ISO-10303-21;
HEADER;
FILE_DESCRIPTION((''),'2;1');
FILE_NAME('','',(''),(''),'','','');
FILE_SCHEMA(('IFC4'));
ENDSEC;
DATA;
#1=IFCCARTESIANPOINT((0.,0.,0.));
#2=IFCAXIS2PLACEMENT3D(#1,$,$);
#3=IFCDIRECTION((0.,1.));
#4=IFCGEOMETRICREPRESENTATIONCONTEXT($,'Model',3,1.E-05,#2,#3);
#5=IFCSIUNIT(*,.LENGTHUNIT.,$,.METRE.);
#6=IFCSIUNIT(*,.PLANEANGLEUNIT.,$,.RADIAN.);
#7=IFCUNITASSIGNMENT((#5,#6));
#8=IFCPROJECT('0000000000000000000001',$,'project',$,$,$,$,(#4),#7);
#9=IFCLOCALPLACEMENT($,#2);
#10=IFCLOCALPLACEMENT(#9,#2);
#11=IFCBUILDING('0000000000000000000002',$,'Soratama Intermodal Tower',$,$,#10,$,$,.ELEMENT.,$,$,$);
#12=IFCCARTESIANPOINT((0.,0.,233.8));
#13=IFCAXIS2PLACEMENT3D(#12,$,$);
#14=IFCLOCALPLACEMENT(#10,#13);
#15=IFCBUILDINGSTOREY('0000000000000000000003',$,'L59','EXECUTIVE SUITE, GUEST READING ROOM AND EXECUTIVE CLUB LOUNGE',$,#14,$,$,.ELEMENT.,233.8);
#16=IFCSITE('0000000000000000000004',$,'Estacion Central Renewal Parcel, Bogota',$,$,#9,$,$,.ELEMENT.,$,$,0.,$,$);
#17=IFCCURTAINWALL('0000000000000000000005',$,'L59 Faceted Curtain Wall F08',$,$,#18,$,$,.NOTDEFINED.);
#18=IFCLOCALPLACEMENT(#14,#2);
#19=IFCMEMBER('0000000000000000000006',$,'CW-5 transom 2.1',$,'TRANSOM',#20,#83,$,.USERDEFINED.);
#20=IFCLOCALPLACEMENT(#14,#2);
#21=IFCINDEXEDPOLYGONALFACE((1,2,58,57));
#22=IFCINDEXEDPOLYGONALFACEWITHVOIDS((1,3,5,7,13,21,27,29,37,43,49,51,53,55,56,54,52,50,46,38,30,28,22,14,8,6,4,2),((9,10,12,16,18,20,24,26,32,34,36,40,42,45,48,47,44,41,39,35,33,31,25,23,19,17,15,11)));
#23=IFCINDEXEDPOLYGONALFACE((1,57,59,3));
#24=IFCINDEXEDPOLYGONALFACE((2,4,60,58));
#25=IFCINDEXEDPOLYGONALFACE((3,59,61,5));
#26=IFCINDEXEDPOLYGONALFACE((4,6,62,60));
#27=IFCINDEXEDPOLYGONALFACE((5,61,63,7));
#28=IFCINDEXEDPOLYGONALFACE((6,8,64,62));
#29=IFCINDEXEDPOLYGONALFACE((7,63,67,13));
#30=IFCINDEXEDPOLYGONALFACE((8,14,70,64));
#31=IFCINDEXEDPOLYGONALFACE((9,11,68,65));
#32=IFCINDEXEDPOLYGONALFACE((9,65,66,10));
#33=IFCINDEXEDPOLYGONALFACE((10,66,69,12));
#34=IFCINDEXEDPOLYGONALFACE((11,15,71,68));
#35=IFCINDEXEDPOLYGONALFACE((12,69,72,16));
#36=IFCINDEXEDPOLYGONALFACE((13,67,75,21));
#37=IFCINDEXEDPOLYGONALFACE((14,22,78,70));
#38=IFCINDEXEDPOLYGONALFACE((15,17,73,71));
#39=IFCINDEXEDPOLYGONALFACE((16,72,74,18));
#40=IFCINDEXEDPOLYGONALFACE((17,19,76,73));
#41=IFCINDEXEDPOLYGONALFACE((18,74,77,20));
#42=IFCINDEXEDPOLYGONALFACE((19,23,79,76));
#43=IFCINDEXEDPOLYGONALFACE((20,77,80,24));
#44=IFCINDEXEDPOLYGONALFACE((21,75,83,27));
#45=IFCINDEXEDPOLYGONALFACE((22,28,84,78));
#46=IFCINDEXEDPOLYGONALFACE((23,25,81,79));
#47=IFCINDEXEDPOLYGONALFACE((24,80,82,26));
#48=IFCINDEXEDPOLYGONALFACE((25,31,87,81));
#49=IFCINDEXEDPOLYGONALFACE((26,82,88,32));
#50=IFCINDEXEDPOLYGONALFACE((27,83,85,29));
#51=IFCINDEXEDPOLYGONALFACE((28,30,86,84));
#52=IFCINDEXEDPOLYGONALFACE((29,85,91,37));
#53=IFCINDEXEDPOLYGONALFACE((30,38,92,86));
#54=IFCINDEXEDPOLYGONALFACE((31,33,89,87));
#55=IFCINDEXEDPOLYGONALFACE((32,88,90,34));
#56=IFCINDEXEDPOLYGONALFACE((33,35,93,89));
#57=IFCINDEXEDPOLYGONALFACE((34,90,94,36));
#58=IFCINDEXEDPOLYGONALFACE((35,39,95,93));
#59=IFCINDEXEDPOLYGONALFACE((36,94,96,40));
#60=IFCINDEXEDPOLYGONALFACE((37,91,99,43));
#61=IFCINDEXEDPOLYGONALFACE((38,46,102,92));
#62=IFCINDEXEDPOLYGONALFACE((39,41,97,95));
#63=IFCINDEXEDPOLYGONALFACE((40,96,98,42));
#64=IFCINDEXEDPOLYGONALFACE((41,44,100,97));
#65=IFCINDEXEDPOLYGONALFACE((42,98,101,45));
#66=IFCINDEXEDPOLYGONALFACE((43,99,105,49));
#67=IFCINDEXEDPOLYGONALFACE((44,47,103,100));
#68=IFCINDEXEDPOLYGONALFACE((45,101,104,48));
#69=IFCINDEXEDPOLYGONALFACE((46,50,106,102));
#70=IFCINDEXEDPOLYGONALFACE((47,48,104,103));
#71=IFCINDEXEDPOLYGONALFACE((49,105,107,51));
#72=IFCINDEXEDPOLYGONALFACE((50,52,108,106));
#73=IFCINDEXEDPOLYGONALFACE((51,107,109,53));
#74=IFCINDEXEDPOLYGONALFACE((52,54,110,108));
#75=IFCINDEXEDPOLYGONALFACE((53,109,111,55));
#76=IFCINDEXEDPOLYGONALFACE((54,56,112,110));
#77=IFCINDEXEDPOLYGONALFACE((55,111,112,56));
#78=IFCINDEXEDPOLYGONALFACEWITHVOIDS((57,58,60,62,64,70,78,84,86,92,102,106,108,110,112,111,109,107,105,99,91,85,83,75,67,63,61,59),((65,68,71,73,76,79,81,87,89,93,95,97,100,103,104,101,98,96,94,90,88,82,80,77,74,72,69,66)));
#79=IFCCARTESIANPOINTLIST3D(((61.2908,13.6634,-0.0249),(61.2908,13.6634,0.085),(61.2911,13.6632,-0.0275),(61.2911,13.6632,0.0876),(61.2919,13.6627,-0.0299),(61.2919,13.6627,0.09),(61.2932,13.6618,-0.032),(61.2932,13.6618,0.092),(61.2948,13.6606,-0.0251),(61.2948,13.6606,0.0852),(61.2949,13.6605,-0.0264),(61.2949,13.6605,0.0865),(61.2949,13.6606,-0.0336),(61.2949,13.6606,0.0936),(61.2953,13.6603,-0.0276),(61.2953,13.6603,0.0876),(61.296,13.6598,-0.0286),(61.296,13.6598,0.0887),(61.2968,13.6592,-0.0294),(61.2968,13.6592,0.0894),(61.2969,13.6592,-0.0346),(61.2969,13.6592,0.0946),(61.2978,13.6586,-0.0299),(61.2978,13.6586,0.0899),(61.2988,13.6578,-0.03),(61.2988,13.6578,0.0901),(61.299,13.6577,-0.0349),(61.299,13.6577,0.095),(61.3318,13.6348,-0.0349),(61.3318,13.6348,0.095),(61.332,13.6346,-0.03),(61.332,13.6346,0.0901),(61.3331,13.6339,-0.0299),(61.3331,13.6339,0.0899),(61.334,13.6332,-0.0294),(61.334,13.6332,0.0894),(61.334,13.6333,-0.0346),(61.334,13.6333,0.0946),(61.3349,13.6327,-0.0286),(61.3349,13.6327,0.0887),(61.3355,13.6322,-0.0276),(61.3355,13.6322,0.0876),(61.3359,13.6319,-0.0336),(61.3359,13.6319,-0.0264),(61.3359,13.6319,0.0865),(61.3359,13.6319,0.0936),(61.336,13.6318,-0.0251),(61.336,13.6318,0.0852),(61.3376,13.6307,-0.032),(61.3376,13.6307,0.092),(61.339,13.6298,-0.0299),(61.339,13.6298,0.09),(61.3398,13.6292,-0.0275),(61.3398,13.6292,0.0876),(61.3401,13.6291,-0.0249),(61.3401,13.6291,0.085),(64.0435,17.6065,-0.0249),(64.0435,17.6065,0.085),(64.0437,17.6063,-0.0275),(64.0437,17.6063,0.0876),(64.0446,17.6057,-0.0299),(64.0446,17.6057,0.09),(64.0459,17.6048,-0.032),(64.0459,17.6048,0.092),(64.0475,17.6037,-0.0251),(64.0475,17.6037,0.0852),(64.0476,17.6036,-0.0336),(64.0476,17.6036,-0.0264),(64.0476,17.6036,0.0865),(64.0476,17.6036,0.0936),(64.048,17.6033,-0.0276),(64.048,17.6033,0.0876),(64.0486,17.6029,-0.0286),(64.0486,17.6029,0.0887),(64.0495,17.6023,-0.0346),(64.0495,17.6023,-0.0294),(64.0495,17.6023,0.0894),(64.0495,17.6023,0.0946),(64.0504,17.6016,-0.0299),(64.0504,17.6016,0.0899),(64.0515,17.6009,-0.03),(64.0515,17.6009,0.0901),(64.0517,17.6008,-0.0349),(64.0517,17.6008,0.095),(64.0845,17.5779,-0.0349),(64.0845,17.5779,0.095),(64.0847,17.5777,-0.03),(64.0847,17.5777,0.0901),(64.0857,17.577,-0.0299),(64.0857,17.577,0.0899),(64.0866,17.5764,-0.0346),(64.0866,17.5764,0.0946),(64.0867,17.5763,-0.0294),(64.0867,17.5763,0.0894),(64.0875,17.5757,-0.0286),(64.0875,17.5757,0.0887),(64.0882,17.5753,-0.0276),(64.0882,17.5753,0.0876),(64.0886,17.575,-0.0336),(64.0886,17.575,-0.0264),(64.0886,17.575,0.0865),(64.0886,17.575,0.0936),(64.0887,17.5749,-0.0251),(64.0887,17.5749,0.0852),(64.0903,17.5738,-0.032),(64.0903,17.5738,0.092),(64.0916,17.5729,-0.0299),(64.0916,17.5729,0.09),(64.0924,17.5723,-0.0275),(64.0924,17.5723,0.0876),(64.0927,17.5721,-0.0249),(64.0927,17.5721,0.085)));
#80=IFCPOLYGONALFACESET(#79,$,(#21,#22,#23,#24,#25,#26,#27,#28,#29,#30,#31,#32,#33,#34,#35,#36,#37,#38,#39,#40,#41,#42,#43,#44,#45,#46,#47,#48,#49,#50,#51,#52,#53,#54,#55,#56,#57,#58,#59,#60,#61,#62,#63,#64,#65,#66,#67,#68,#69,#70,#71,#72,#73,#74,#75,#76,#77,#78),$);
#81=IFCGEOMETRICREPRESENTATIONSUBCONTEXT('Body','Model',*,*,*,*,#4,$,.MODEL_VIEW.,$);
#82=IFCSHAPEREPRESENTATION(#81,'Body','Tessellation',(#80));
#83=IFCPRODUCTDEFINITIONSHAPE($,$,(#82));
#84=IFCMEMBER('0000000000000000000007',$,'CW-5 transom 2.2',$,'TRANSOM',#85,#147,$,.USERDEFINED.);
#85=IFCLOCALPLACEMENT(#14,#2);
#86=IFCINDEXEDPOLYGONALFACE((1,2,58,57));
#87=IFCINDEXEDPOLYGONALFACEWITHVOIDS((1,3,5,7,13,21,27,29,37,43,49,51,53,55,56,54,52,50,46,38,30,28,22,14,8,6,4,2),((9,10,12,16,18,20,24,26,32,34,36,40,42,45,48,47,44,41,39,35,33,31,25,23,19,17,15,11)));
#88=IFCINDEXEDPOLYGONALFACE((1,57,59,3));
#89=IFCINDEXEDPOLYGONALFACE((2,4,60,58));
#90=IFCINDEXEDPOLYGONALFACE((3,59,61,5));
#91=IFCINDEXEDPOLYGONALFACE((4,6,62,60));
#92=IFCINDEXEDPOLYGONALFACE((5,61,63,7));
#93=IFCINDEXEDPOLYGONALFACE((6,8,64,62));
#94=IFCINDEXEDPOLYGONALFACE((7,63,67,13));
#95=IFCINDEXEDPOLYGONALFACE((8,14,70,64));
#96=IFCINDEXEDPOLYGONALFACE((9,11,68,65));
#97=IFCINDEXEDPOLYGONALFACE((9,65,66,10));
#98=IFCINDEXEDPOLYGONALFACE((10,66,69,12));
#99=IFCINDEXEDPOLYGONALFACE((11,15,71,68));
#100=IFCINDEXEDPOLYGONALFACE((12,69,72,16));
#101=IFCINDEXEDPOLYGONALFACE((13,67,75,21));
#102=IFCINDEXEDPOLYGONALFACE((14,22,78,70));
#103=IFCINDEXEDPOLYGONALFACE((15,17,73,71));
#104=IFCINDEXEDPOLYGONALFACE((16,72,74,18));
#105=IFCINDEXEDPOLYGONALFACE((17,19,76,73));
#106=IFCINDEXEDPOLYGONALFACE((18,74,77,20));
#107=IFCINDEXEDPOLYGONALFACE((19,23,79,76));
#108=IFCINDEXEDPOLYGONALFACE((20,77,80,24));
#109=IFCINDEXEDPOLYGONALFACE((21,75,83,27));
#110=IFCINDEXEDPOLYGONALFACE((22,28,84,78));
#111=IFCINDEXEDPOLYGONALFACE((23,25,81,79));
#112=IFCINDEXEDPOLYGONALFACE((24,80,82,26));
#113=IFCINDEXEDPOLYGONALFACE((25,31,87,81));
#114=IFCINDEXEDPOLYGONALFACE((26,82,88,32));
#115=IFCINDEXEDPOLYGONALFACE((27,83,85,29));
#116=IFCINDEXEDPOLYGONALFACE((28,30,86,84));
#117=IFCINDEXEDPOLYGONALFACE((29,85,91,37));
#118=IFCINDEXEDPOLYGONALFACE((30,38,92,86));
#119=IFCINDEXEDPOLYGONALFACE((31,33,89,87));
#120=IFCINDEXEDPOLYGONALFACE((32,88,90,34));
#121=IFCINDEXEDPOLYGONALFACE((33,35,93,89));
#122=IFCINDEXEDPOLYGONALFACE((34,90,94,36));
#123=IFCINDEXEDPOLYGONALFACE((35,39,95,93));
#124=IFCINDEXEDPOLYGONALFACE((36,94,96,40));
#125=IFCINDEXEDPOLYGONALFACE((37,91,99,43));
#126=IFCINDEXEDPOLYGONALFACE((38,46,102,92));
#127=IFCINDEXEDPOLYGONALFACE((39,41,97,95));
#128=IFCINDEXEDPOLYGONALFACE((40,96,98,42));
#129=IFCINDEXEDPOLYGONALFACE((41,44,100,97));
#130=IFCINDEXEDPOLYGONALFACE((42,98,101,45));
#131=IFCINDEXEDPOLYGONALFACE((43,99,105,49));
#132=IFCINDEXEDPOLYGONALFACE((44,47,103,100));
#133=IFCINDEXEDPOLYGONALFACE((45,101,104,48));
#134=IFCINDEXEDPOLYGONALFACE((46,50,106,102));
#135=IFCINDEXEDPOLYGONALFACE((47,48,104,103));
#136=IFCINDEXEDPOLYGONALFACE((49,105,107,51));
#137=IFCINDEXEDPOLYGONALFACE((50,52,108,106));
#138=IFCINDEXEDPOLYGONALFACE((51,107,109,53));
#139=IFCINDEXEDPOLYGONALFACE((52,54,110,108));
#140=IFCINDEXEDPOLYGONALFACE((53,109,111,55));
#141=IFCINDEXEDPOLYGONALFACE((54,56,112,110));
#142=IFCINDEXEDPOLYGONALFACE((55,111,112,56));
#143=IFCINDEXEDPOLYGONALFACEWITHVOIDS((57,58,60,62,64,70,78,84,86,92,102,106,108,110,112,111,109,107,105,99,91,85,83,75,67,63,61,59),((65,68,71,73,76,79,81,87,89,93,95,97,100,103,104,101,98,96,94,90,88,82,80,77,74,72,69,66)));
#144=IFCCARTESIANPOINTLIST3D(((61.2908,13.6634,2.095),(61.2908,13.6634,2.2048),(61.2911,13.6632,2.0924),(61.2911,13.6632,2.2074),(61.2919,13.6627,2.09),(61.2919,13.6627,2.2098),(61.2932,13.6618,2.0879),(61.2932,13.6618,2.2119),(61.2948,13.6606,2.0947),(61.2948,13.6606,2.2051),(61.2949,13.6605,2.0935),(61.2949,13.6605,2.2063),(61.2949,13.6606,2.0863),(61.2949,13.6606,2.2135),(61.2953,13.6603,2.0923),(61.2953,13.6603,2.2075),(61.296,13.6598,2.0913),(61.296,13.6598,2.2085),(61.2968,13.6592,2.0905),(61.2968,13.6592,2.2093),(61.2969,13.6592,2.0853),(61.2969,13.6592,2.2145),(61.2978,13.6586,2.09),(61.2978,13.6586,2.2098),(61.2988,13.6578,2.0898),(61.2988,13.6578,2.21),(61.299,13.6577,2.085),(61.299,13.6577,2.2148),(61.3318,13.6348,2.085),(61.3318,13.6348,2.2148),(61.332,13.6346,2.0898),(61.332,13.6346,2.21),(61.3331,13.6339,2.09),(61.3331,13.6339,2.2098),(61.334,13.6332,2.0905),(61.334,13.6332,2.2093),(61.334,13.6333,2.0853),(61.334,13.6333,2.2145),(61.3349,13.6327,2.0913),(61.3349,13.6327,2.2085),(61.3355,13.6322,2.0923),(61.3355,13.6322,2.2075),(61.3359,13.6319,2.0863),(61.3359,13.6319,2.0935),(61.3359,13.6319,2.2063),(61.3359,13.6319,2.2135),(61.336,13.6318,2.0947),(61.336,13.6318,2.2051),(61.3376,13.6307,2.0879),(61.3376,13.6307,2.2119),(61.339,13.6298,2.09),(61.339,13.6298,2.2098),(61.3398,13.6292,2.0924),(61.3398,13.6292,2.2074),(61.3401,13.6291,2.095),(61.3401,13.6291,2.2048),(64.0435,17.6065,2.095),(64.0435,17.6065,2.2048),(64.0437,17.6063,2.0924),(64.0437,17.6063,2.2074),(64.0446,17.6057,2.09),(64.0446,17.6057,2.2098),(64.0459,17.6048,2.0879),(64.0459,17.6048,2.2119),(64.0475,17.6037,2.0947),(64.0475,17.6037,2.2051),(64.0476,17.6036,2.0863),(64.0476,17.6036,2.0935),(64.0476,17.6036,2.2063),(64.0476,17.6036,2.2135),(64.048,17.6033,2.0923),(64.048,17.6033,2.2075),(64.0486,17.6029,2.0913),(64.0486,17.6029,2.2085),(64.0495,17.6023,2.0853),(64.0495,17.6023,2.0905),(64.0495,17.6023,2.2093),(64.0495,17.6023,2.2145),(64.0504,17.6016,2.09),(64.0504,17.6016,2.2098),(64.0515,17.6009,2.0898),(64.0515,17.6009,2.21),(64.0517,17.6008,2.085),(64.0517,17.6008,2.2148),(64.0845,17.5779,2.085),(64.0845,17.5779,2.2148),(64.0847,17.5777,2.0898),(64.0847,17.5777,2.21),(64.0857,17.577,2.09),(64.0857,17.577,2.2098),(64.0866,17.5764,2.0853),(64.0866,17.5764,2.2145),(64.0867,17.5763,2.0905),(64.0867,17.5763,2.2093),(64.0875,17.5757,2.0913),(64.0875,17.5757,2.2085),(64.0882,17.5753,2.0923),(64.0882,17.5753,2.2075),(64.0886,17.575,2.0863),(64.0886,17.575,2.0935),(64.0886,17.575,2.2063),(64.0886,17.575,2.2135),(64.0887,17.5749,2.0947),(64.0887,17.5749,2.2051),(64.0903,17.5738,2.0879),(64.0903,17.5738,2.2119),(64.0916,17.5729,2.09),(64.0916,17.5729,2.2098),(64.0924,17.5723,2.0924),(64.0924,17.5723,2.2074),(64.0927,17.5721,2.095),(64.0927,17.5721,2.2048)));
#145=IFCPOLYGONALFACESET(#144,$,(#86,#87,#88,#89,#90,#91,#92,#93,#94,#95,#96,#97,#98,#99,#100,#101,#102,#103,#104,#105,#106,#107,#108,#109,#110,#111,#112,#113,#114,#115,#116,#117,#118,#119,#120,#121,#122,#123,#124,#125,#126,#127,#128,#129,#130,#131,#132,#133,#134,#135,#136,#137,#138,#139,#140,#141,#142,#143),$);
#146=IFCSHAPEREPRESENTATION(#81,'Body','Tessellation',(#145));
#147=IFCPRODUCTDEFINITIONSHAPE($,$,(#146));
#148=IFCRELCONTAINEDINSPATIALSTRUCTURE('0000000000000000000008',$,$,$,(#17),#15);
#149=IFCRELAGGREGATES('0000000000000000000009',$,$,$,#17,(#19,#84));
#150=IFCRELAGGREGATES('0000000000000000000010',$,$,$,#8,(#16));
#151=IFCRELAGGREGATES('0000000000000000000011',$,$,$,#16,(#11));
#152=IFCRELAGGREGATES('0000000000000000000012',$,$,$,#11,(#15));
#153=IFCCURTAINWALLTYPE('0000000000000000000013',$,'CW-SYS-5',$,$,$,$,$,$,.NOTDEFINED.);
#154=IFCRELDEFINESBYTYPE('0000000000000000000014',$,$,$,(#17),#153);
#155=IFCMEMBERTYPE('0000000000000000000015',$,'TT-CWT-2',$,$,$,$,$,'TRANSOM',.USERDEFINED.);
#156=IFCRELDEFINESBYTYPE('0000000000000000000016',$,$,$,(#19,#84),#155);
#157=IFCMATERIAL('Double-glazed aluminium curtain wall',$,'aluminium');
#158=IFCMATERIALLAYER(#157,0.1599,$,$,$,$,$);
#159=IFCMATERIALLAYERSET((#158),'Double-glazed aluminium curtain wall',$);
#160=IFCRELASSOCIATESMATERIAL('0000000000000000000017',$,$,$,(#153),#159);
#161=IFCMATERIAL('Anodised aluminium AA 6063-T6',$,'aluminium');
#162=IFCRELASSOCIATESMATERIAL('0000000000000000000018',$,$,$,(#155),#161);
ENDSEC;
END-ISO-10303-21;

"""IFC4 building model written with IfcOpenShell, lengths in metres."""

from ifc_helpers import new_model, si_unit, direction, frame, origin, origin_2d, place, context, subcontext, project, spatial, hollow_rectangle, extrude, material, layer, layer_set, material_profile, profile_set, type_object, element, aggregate, save


model = new_model("IFC4")

# Units and contexts
model_context = context("Model", 3, precision=1e-05, world=origin(), true_north=direction((0.0, 1.0)))
body_context = subcontext(model_context, "Body", "Model", "MODEL_VIEW")
ifc_project = project(units=[si_unit("LENGTHUNIT", "METRE"), si_unit("PLANEANGLEUNIT", "RADIAN")], contexts=[model_context])

# Site, building, storey
site_placement = place(None, origin())
site = spatial("IfcSite", under=ifc_project, at=site_placement, Name="Estacion Central Renewal Parcel, Bogota", CompositionType="ELEMENT", RefElevation=0.0)
building_placement = place(site_placement, origin())
building = spatial("IfcBuilding", under=site, at=building_placement, Name="Soratama Intermodal Tower", CompositionType="ELEMENT")
storey_placement = place(building_placement, frame((0.0, 0.0, 233.8)))
storey = spatial("IfcBuildingStorey", under=building, at=storey_placement, Name="L59", Description="EXECUTIVE SUITE, GUEST READING ROOM AND EXECUTIVE CLUB LOUNGE", CompositionType="ELEMENT", Elevation=233.8)

# Curtain wall, members
ifc_material_1 = material(Name="Double-glazed aluminium curtain wall", Category="aluminium")
ifc_layer_1 = layer(ifc_material_1, 0.1599)
ifc_layer_set_1 = layer_set([ifc_layer_1], Name="Double-glazed aluminium curtain wall")
curtain_wall_type = type_object("IfcCurtainWallType", Name="CW-SYS-5", PredefinedType="NOTDEFINED", material=ifc_layer_set_1)
curtain_wall_placement = place(storey_placement, origin())
curtain_wall = element("IfcCurtainWall", 1, at=curtain_wall_placement, inside=storey, type_object=curtain_wall_type, Name="L59 Faceted Curtain Wall F08", PredefinedType="NOTDEFINED")
ifc_material_2 = material(Name="Anodised aluminium AA 6063-T6", Category="aluminium")
ifc_material_profile_1 = material_profile(ifc_material_2, hollow_rectangle(XDim=0.0601, YDim=0.1299, WallThickness=0.0049, InnerFilletRadius=0.0049, OuterFilletRadius=0.01, at=origin_2d()), Name="CWT130X60X5")
ifc_profile_set_1 = profile_set([ifc_material_profile_1], Name="Anodised aluminium AA 6063-T6")
member_type_1 = type_object("IfcMemberType", Name="TT-CWT-2", ElementType="TRANSOM", PredefinedType="USERDEFINED", material=ifc_profile_set_1)
member_1_placement = place(storey_placement, frame((61.3154, 13.6462, 0.03), z_axis=(0.572416, 0.819963, 0.0), x_axis=(-0.819963, 0.572416, 0.0)))
member_1 = element("IfcMember", 2, at=member_1_placement, type_object=member_type_1, Name="CW-5 transom 2.1", ObjectType="TRANSOM", PredefinedType="USERDEFINED", context=body_context, shape_type="SweptSolid", body=[
    extrude(hollow_rectangle(XDim=0.0601, YDim=0.1299, WallThickness=0.0049, InnerFilletRadius=0.0049, OuterFilletRadius=0.01, at=origin_2d()), origin(), (0.0, 0.0, 1.0), 4.8088),
])
member_2_placement = place(storey_placement, frame((61.3154, 13.6462, 2.1499), z_axis=(0.572416, 0.819963, 0.0), x_axis=(-0.819963, 0.572416, 0.0)))
member_2 = element("IfcMember", 3, at=member_2_placement, type_object=member_type_1, Name="CW-5 transom 2.2", ObjectType="TRANSOM", PredefinedType="USERDEFINED", context=body_context, shape_type="SweptSolid", body=[
    extrude(hollow_rectangle(XDim=0.0601, YDim=0.1299, WallThickness=0.0049, InnerFilletRadius=0.0049, OuterFilletRadius=0.01, at=origin_2d()), origin(), (0.0, 0.0, 1.0), 4.8088),
])

aggregate(curtain_wall, [member_1, member_2])

save(model, "model.ifc")
